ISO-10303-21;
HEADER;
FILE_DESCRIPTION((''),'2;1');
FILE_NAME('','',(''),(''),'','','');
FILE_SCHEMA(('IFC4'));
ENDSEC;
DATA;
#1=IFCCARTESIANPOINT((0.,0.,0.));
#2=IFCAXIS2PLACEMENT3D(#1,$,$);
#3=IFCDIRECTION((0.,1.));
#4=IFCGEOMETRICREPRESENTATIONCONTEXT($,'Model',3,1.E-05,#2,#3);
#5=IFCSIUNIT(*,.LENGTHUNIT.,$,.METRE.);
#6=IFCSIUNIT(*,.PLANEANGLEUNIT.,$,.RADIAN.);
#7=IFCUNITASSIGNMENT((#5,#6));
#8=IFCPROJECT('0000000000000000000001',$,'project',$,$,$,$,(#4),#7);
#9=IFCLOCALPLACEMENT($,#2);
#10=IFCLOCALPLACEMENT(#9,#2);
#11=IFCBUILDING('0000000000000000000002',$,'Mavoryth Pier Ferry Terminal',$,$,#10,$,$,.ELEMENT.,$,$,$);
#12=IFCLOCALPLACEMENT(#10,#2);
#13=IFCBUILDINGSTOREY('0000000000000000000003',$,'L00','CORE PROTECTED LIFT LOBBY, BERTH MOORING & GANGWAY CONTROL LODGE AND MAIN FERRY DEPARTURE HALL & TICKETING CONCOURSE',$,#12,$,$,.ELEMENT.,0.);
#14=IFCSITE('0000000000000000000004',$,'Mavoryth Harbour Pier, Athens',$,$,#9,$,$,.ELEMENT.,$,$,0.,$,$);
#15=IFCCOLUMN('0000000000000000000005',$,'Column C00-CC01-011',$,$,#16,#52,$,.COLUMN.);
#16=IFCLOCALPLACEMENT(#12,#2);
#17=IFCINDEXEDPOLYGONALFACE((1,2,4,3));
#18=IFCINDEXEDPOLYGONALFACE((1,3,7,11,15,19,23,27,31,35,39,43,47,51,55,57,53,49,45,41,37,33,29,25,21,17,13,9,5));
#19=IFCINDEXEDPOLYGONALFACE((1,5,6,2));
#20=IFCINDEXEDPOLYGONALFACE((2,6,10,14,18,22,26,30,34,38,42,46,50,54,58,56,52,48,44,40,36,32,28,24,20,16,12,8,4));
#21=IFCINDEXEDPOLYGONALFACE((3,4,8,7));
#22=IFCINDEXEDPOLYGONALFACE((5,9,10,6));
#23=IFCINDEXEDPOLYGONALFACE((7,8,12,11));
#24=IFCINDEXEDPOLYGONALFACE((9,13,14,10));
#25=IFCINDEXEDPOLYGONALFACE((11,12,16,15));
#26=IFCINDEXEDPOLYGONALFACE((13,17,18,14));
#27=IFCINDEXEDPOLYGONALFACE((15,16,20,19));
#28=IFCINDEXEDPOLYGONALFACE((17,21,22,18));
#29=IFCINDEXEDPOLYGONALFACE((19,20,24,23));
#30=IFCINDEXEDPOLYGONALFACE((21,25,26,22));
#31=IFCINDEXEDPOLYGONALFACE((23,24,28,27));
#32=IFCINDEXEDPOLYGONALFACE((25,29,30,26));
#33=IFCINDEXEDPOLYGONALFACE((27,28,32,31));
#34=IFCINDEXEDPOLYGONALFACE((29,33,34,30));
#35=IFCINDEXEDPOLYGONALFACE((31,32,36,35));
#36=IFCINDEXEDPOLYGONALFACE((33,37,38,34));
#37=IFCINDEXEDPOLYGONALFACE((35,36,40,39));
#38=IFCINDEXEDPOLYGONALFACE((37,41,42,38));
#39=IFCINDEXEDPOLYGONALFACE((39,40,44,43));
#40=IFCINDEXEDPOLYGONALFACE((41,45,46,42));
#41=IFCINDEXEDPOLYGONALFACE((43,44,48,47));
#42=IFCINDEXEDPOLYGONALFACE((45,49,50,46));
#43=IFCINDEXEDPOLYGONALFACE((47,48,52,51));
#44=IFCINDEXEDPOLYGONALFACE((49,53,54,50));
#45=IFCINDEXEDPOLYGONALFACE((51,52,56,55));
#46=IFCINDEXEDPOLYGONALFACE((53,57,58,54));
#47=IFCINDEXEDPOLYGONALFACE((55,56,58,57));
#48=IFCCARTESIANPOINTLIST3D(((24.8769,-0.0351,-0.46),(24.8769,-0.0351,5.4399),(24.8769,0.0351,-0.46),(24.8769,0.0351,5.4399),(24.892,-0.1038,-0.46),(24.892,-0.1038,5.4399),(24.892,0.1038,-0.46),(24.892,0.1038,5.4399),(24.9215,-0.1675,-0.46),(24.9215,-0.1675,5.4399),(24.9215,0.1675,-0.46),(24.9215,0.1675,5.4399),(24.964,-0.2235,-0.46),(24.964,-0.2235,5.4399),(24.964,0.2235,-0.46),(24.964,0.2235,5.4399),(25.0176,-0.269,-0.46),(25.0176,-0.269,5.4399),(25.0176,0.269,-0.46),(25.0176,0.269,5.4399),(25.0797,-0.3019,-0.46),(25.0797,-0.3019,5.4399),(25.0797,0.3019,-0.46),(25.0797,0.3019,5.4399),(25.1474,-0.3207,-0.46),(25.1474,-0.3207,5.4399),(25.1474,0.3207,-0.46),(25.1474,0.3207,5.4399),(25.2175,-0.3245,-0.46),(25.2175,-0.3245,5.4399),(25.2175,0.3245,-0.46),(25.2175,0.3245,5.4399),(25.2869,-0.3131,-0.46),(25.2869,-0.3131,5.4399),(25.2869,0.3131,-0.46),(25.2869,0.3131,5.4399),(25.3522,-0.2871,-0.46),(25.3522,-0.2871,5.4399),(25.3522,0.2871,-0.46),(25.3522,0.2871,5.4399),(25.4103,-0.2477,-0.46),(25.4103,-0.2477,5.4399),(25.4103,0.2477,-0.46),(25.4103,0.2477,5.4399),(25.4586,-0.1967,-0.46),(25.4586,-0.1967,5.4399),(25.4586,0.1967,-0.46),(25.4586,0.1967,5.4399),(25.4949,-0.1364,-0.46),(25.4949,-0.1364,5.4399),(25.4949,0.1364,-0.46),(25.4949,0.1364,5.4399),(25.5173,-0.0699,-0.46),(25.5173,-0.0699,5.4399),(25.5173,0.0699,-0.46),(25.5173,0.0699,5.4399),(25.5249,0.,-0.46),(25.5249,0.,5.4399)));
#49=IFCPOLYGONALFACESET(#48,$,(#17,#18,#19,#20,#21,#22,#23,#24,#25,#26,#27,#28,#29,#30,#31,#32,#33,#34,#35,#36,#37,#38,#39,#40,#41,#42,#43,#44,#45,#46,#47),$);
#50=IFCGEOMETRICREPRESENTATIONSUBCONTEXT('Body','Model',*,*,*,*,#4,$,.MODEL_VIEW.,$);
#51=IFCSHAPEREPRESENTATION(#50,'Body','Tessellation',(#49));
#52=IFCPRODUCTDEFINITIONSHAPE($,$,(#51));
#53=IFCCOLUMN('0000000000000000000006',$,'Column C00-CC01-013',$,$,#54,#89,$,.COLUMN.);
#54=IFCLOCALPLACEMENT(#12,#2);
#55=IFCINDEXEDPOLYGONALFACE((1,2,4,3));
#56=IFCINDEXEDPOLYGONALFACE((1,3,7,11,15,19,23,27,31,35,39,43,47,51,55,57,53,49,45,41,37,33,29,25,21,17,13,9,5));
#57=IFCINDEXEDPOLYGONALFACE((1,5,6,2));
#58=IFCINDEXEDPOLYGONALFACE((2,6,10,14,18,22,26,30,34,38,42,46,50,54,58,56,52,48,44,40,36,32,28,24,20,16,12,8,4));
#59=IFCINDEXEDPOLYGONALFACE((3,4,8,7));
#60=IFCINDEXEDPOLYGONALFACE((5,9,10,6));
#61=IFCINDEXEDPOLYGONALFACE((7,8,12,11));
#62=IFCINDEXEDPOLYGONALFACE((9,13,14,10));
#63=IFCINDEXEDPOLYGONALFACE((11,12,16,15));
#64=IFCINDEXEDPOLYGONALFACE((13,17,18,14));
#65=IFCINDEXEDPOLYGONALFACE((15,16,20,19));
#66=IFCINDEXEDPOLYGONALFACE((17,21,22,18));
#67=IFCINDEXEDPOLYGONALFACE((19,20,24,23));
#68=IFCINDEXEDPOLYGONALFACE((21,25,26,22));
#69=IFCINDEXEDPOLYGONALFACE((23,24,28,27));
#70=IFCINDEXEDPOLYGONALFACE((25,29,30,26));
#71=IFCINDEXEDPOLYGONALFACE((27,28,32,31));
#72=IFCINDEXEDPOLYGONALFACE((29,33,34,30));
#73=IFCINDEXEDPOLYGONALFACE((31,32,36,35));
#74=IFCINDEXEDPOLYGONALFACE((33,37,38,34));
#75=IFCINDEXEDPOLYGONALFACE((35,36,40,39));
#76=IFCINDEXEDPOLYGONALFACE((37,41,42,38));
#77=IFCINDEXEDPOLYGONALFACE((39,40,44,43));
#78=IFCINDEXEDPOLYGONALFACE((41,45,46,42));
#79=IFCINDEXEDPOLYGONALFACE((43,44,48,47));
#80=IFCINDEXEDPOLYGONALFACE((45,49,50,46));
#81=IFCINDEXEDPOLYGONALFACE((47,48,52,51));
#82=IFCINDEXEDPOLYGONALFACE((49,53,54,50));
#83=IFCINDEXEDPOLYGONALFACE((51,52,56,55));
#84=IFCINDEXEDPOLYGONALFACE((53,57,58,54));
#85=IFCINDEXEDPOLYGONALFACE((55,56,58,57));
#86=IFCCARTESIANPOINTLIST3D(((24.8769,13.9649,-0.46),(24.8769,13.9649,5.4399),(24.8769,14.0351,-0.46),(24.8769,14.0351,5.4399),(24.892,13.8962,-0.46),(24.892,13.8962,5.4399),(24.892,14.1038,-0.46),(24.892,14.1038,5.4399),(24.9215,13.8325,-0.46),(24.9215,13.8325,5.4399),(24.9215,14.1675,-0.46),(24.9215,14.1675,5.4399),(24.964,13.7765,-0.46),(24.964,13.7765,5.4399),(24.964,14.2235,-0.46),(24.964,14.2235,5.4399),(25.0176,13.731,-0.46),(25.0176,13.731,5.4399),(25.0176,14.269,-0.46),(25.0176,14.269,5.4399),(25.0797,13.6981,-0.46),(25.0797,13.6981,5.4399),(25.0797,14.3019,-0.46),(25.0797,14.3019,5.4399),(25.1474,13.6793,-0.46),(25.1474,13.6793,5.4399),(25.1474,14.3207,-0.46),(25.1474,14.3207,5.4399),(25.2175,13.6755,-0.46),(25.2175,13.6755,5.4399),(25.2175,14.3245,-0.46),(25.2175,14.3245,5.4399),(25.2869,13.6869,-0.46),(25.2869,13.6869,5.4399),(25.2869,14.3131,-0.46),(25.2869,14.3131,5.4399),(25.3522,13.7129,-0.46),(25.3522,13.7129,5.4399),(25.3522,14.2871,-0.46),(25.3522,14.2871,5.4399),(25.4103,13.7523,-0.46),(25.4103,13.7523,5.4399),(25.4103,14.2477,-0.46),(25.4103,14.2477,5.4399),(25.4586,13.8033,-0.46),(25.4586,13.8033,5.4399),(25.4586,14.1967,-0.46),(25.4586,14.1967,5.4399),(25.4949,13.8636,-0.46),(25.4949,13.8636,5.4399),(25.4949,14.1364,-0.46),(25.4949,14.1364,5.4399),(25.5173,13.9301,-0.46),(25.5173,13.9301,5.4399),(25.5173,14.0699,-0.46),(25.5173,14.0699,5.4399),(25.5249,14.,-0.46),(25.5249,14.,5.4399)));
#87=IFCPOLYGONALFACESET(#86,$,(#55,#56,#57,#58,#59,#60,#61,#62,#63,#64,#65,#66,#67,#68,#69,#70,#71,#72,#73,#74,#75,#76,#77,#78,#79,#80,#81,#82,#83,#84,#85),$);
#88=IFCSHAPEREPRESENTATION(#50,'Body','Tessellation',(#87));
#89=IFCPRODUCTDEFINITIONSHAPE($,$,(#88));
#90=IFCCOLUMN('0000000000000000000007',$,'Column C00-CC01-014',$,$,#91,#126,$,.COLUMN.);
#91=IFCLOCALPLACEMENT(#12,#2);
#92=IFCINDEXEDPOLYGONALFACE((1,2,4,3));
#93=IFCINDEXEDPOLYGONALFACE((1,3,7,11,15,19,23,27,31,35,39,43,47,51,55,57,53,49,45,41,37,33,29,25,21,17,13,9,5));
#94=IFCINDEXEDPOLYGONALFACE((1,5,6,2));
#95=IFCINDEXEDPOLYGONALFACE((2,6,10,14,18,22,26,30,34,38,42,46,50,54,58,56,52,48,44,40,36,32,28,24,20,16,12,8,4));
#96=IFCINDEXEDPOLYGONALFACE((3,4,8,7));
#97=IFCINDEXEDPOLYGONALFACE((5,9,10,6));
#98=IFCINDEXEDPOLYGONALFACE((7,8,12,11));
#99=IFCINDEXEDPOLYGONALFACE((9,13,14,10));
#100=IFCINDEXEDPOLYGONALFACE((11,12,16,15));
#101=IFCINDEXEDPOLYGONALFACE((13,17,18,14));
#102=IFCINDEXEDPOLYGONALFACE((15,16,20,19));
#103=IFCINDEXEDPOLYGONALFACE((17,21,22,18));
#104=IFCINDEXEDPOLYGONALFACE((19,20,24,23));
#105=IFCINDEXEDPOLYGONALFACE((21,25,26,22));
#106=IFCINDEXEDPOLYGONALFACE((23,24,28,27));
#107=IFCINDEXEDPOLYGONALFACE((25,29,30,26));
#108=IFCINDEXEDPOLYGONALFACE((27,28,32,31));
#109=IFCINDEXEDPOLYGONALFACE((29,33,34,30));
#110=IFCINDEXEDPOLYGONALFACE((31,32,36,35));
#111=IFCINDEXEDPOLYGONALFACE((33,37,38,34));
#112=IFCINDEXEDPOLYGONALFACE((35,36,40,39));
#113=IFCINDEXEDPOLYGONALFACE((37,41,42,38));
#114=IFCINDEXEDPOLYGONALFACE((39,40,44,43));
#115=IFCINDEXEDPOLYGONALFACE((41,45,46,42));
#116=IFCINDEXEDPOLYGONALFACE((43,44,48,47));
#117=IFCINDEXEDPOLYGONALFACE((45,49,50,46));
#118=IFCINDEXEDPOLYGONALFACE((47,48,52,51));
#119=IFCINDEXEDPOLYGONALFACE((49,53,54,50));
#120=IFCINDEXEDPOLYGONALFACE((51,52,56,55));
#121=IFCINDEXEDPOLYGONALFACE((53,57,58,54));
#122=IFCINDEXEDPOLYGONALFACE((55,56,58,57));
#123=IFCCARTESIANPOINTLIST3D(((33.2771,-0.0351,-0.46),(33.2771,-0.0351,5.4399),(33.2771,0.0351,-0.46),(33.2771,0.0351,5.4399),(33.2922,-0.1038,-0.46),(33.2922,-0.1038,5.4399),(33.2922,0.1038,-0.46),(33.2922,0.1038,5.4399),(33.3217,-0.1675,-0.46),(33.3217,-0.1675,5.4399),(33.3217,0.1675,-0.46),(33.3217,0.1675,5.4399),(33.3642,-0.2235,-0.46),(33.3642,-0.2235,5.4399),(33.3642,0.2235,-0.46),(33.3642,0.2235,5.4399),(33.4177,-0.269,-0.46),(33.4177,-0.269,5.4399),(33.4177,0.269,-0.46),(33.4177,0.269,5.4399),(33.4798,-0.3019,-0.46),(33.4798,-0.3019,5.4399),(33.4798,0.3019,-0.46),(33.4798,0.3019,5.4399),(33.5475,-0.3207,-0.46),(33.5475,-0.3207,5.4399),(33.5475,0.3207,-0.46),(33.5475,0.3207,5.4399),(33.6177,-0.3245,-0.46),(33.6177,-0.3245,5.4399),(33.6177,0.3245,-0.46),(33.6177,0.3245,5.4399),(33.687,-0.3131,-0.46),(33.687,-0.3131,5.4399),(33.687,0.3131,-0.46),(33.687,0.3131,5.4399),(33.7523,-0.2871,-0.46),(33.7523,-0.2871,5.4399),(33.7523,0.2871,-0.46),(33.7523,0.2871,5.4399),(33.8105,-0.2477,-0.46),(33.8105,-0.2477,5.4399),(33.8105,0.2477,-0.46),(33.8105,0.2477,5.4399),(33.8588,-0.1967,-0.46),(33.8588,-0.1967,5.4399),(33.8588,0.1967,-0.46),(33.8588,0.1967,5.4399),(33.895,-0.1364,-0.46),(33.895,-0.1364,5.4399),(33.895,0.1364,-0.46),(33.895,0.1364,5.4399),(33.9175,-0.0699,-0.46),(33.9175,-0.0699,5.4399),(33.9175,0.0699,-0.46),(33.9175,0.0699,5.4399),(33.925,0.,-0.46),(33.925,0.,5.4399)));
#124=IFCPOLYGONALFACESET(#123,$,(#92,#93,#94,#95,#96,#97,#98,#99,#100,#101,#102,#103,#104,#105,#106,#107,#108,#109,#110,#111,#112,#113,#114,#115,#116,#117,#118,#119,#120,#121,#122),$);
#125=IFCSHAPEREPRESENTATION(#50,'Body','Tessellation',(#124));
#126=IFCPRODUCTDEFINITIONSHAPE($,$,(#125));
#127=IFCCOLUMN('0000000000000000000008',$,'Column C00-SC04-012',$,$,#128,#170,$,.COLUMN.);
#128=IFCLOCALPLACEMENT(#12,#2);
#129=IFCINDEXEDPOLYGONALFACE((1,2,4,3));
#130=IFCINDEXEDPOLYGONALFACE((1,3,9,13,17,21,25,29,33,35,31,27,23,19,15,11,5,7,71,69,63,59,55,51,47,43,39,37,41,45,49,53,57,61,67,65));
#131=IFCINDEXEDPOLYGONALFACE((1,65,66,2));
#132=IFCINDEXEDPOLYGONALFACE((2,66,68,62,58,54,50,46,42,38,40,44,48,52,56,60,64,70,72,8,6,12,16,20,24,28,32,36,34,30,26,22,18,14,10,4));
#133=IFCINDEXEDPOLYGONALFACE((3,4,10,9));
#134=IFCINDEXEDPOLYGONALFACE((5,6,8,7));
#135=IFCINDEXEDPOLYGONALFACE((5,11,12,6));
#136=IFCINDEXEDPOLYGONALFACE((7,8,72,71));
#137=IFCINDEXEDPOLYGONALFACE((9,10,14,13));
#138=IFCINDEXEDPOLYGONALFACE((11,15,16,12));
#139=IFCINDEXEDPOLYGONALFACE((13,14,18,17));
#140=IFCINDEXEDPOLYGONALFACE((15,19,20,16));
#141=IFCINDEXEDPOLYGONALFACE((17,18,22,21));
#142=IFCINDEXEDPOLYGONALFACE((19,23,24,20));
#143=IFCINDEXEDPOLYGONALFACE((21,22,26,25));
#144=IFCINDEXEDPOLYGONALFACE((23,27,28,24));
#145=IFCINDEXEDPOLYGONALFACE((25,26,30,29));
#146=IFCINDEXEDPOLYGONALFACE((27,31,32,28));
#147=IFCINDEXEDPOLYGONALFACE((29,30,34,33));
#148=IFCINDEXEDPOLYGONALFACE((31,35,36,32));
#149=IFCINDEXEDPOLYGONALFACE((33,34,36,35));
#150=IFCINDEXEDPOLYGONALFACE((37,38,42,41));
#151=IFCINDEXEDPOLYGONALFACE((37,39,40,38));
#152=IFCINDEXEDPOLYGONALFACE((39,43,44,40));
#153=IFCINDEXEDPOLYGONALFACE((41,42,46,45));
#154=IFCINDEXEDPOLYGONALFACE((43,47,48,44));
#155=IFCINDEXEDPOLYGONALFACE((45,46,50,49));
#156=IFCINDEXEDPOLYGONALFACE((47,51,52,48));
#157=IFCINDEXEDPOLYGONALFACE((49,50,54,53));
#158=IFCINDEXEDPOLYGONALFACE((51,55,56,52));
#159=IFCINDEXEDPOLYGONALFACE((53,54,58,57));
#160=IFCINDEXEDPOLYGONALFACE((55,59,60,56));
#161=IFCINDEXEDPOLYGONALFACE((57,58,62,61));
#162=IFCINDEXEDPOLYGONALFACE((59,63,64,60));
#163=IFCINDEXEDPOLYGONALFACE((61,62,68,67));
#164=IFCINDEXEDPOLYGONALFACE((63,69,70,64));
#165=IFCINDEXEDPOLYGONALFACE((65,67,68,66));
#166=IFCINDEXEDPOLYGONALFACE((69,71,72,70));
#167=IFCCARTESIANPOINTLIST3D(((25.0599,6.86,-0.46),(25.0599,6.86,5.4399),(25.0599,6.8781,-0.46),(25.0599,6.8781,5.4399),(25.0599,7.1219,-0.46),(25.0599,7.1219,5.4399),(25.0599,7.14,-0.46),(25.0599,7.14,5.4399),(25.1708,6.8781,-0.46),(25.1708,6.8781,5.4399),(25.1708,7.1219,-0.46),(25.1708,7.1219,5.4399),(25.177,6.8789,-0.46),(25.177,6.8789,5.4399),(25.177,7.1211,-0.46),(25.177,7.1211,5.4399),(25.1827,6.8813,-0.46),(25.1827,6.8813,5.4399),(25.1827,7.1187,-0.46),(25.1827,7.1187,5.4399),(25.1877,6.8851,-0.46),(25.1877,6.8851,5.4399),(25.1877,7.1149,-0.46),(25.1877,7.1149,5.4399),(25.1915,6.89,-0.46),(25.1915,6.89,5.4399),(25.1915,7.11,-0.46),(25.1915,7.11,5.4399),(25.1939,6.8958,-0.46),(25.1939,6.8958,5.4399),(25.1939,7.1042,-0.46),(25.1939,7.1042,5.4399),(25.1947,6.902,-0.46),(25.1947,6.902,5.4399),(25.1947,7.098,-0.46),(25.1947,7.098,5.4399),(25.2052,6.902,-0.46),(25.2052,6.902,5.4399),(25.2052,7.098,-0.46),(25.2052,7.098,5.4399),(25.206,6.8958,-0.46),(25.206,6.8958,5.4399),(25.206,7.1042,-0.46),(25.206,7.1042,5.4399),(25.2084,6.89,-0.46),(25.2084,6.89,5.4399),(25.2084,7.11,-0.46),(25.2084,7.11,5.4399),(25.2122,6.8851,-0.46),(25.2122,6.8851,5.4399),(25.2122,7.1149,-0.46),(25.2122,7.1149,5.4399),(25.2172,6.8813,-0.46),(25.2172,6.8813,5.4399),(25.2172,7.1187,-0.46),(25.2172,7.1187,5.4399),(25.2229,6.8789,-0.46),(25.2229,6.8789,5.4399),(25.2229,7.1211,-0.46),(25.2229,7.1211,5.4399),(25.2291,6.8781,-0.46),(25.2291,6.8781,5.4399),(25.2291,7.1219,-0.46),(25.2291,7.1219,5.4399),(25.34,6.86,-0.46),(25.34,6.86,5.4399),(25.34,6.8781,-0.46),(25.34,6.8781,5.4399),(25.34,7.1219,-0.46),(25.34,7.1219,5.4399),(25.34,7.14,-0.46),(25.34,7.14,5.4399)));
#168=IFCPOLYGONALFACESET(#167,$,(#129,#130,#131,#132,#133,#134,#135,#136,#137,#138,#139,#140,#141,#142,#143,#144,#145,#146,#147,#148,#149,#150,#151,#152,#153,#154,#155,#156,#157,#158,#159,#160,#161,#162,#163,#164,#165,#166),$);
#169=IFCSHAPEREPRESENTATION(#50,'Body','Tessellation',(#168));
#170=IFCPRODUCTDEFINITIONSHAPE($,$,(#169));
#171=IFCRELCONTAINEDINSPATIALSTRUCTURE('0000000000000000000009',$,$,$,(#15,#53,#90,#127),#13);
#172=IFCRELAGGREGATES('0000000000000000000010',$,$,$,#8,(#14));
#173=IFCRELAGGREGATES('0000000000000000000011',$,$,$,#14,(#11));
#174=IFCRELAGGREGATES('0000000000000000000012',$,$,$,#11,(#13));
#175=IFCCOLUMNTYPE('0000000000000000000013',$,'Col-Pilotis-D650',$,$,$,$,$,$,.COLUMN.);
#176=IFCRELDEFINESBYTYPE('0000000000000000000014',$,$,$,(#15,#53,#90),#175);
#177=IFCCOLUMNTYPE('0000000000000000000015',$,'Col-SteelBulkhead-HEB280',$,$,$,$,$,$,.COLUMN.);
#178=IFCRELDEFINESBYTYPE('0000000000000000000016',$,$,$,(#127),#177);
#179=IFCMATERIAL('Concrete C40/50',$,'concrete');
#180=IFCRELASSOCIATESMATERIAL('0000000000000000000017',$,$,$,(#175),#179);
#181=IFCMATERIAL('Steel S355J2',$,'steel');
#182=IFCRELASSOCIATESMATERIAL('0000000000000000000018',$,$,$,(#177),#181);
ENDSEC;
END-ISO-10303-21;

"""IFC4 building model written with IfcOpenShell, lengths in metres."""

from ifc_helpers import new_model, si_unit, direction, frame, origin, origin_2d, place, context, subcontext, project, spatial, circle, i_section, extrude, material, material_profile, profile_set, type_object, element, save


model = new_model("IFC4")

# Units and contexts
model_context = context("Model", 3, precision=1e-05, world=origin(), true_north=direction((0.0, 1.0)))
body_context = subcontext(model_context, "Body", "Model", "MODEL_VIEW")
ifc_project = project(units=[si_unit("LENGTHUNIT", "METRE"), si_unit("PLANEANGLEUNIT", "RADIAN")], contexts=[model_context])

# Site, building, storey
site_placement = place(None, origin())
site = spatial("IfcSite", under=ifc_project, at=site_placement, Name="Mavoryth Harbour Pier, Athens", CompositionType="ELEMENT", RefElevation=0.0)
building_placement = place(site_placement, origin())
building = spatial("IfcBuilding", under=site, at=building_placement, Name="Mavoryth Pier Ferry Terminal", CompositionType="ELEMENT")
storey_placement = place(building_placement, origin())
storey = spatial("IfcBuildingStorey", under=building, at=storey_placement, Name="L00", Description="CORE PROTECTED LIFT LOBBY, BERTH MOORING & GANGWAY CONTROL LODGE AND MAIN FERRY DEPARTURE HALL & TICKETING CONCOURSE", CompositionType="ELEMENT", Elevation=0.0)

# Columns
ifc_material_1 = material(Name="Concrete C40/50", Category="concrete")
ifc_material_profile_1 = material_profile(ifc_material_1, circle(Radius=0.325, at=origin_2d()), Name="RC D650", Category="concrete")
ifc_profile_set_1 = profile_set([ifc_material_profile_1], Name="Concrete C40/50 - RC D650")
column_type_1 = type_object("IfcColumnType", Name="Col-Pilotis-D650", PredefinedType="COLUMN", material=ifc_profile_set_1)
for number, where, z_axis, x_axis, name in (
    (1, (25.2, 0.0, -0.46), (0.0, 0.0, 1.0), (1.0, 0.0, 0.0), "Column C00-CC01-011"),
    (2, (25.2, 14.0, -0.46), (0.0, 0.0, 1.0), (1.0, 0.0, 0.0), "Column C00-CC01-013"),
    (3, (33.6001, 0.0, -0.46), (0.0, 0.0, 1.0), (1.0, 0.0, 0.0), "Column C00-CC01-014"),
):
    element("IfcColumn", number, at=place(storey_placement, frame(where, z_axis=z_axis, x_axis=x_axis)), inside=storey, type_object=column_type_1, Name=name, PredefinedType="COLUMN", context=body_context, shape_type="SweptSolid", body=[
        extrude(circle(Radius=0.325, at=origin_2d()), origin(), (0.0, 0.0, 1.0), 5.8999),
    ])
ifc_material_2 = material(Name="Steel S355J2", Category="steel")
ifc_material_profile_2 = material_profile(ifc_material_2, i_section(OverallWidth=0.28, OverallDepth=0.28, WebThickness=0.0105, FlangeThickness=0.0181, FilletRadius=0.0239, at=origin_2d()), Name="HEB 280", Category="steel")
ifc_profile_set_2 = profile_set([ifc_material_profile_2], Name="Steel S355J2 - HEB 280")
column_type_2 = type_object("IfcColumnType", Name="Col-SteelBulkhead-HEB280", PredefinedType="COLUMN", material=ifc_profile_set_2)
column_placement = place(storey_placement, frame((25.2, 7.0, -0.46), z_axis=(0.0, 0.0, 1.0), x_axis=(1.0, 0.0, 0.0)))
element("IfcColumn", 4, at=column_placement, inside=storey, type_object=column_type_2, Name="Column C00-SC04-012", PredefinedType="COLUMN", context=body_context, shape_type="SweptSolid", body=[
    extrude(i_section(OverallWidth=0.28, OverallDepth=0.28, WebThickness=0.0105, FlangeThickness=0.0181, FilletRadius=0.0239, at=origin_2d()), origin(), (0.0, 0.0, 1.0), 5.8999),
])

save(model, "model.ifc")
